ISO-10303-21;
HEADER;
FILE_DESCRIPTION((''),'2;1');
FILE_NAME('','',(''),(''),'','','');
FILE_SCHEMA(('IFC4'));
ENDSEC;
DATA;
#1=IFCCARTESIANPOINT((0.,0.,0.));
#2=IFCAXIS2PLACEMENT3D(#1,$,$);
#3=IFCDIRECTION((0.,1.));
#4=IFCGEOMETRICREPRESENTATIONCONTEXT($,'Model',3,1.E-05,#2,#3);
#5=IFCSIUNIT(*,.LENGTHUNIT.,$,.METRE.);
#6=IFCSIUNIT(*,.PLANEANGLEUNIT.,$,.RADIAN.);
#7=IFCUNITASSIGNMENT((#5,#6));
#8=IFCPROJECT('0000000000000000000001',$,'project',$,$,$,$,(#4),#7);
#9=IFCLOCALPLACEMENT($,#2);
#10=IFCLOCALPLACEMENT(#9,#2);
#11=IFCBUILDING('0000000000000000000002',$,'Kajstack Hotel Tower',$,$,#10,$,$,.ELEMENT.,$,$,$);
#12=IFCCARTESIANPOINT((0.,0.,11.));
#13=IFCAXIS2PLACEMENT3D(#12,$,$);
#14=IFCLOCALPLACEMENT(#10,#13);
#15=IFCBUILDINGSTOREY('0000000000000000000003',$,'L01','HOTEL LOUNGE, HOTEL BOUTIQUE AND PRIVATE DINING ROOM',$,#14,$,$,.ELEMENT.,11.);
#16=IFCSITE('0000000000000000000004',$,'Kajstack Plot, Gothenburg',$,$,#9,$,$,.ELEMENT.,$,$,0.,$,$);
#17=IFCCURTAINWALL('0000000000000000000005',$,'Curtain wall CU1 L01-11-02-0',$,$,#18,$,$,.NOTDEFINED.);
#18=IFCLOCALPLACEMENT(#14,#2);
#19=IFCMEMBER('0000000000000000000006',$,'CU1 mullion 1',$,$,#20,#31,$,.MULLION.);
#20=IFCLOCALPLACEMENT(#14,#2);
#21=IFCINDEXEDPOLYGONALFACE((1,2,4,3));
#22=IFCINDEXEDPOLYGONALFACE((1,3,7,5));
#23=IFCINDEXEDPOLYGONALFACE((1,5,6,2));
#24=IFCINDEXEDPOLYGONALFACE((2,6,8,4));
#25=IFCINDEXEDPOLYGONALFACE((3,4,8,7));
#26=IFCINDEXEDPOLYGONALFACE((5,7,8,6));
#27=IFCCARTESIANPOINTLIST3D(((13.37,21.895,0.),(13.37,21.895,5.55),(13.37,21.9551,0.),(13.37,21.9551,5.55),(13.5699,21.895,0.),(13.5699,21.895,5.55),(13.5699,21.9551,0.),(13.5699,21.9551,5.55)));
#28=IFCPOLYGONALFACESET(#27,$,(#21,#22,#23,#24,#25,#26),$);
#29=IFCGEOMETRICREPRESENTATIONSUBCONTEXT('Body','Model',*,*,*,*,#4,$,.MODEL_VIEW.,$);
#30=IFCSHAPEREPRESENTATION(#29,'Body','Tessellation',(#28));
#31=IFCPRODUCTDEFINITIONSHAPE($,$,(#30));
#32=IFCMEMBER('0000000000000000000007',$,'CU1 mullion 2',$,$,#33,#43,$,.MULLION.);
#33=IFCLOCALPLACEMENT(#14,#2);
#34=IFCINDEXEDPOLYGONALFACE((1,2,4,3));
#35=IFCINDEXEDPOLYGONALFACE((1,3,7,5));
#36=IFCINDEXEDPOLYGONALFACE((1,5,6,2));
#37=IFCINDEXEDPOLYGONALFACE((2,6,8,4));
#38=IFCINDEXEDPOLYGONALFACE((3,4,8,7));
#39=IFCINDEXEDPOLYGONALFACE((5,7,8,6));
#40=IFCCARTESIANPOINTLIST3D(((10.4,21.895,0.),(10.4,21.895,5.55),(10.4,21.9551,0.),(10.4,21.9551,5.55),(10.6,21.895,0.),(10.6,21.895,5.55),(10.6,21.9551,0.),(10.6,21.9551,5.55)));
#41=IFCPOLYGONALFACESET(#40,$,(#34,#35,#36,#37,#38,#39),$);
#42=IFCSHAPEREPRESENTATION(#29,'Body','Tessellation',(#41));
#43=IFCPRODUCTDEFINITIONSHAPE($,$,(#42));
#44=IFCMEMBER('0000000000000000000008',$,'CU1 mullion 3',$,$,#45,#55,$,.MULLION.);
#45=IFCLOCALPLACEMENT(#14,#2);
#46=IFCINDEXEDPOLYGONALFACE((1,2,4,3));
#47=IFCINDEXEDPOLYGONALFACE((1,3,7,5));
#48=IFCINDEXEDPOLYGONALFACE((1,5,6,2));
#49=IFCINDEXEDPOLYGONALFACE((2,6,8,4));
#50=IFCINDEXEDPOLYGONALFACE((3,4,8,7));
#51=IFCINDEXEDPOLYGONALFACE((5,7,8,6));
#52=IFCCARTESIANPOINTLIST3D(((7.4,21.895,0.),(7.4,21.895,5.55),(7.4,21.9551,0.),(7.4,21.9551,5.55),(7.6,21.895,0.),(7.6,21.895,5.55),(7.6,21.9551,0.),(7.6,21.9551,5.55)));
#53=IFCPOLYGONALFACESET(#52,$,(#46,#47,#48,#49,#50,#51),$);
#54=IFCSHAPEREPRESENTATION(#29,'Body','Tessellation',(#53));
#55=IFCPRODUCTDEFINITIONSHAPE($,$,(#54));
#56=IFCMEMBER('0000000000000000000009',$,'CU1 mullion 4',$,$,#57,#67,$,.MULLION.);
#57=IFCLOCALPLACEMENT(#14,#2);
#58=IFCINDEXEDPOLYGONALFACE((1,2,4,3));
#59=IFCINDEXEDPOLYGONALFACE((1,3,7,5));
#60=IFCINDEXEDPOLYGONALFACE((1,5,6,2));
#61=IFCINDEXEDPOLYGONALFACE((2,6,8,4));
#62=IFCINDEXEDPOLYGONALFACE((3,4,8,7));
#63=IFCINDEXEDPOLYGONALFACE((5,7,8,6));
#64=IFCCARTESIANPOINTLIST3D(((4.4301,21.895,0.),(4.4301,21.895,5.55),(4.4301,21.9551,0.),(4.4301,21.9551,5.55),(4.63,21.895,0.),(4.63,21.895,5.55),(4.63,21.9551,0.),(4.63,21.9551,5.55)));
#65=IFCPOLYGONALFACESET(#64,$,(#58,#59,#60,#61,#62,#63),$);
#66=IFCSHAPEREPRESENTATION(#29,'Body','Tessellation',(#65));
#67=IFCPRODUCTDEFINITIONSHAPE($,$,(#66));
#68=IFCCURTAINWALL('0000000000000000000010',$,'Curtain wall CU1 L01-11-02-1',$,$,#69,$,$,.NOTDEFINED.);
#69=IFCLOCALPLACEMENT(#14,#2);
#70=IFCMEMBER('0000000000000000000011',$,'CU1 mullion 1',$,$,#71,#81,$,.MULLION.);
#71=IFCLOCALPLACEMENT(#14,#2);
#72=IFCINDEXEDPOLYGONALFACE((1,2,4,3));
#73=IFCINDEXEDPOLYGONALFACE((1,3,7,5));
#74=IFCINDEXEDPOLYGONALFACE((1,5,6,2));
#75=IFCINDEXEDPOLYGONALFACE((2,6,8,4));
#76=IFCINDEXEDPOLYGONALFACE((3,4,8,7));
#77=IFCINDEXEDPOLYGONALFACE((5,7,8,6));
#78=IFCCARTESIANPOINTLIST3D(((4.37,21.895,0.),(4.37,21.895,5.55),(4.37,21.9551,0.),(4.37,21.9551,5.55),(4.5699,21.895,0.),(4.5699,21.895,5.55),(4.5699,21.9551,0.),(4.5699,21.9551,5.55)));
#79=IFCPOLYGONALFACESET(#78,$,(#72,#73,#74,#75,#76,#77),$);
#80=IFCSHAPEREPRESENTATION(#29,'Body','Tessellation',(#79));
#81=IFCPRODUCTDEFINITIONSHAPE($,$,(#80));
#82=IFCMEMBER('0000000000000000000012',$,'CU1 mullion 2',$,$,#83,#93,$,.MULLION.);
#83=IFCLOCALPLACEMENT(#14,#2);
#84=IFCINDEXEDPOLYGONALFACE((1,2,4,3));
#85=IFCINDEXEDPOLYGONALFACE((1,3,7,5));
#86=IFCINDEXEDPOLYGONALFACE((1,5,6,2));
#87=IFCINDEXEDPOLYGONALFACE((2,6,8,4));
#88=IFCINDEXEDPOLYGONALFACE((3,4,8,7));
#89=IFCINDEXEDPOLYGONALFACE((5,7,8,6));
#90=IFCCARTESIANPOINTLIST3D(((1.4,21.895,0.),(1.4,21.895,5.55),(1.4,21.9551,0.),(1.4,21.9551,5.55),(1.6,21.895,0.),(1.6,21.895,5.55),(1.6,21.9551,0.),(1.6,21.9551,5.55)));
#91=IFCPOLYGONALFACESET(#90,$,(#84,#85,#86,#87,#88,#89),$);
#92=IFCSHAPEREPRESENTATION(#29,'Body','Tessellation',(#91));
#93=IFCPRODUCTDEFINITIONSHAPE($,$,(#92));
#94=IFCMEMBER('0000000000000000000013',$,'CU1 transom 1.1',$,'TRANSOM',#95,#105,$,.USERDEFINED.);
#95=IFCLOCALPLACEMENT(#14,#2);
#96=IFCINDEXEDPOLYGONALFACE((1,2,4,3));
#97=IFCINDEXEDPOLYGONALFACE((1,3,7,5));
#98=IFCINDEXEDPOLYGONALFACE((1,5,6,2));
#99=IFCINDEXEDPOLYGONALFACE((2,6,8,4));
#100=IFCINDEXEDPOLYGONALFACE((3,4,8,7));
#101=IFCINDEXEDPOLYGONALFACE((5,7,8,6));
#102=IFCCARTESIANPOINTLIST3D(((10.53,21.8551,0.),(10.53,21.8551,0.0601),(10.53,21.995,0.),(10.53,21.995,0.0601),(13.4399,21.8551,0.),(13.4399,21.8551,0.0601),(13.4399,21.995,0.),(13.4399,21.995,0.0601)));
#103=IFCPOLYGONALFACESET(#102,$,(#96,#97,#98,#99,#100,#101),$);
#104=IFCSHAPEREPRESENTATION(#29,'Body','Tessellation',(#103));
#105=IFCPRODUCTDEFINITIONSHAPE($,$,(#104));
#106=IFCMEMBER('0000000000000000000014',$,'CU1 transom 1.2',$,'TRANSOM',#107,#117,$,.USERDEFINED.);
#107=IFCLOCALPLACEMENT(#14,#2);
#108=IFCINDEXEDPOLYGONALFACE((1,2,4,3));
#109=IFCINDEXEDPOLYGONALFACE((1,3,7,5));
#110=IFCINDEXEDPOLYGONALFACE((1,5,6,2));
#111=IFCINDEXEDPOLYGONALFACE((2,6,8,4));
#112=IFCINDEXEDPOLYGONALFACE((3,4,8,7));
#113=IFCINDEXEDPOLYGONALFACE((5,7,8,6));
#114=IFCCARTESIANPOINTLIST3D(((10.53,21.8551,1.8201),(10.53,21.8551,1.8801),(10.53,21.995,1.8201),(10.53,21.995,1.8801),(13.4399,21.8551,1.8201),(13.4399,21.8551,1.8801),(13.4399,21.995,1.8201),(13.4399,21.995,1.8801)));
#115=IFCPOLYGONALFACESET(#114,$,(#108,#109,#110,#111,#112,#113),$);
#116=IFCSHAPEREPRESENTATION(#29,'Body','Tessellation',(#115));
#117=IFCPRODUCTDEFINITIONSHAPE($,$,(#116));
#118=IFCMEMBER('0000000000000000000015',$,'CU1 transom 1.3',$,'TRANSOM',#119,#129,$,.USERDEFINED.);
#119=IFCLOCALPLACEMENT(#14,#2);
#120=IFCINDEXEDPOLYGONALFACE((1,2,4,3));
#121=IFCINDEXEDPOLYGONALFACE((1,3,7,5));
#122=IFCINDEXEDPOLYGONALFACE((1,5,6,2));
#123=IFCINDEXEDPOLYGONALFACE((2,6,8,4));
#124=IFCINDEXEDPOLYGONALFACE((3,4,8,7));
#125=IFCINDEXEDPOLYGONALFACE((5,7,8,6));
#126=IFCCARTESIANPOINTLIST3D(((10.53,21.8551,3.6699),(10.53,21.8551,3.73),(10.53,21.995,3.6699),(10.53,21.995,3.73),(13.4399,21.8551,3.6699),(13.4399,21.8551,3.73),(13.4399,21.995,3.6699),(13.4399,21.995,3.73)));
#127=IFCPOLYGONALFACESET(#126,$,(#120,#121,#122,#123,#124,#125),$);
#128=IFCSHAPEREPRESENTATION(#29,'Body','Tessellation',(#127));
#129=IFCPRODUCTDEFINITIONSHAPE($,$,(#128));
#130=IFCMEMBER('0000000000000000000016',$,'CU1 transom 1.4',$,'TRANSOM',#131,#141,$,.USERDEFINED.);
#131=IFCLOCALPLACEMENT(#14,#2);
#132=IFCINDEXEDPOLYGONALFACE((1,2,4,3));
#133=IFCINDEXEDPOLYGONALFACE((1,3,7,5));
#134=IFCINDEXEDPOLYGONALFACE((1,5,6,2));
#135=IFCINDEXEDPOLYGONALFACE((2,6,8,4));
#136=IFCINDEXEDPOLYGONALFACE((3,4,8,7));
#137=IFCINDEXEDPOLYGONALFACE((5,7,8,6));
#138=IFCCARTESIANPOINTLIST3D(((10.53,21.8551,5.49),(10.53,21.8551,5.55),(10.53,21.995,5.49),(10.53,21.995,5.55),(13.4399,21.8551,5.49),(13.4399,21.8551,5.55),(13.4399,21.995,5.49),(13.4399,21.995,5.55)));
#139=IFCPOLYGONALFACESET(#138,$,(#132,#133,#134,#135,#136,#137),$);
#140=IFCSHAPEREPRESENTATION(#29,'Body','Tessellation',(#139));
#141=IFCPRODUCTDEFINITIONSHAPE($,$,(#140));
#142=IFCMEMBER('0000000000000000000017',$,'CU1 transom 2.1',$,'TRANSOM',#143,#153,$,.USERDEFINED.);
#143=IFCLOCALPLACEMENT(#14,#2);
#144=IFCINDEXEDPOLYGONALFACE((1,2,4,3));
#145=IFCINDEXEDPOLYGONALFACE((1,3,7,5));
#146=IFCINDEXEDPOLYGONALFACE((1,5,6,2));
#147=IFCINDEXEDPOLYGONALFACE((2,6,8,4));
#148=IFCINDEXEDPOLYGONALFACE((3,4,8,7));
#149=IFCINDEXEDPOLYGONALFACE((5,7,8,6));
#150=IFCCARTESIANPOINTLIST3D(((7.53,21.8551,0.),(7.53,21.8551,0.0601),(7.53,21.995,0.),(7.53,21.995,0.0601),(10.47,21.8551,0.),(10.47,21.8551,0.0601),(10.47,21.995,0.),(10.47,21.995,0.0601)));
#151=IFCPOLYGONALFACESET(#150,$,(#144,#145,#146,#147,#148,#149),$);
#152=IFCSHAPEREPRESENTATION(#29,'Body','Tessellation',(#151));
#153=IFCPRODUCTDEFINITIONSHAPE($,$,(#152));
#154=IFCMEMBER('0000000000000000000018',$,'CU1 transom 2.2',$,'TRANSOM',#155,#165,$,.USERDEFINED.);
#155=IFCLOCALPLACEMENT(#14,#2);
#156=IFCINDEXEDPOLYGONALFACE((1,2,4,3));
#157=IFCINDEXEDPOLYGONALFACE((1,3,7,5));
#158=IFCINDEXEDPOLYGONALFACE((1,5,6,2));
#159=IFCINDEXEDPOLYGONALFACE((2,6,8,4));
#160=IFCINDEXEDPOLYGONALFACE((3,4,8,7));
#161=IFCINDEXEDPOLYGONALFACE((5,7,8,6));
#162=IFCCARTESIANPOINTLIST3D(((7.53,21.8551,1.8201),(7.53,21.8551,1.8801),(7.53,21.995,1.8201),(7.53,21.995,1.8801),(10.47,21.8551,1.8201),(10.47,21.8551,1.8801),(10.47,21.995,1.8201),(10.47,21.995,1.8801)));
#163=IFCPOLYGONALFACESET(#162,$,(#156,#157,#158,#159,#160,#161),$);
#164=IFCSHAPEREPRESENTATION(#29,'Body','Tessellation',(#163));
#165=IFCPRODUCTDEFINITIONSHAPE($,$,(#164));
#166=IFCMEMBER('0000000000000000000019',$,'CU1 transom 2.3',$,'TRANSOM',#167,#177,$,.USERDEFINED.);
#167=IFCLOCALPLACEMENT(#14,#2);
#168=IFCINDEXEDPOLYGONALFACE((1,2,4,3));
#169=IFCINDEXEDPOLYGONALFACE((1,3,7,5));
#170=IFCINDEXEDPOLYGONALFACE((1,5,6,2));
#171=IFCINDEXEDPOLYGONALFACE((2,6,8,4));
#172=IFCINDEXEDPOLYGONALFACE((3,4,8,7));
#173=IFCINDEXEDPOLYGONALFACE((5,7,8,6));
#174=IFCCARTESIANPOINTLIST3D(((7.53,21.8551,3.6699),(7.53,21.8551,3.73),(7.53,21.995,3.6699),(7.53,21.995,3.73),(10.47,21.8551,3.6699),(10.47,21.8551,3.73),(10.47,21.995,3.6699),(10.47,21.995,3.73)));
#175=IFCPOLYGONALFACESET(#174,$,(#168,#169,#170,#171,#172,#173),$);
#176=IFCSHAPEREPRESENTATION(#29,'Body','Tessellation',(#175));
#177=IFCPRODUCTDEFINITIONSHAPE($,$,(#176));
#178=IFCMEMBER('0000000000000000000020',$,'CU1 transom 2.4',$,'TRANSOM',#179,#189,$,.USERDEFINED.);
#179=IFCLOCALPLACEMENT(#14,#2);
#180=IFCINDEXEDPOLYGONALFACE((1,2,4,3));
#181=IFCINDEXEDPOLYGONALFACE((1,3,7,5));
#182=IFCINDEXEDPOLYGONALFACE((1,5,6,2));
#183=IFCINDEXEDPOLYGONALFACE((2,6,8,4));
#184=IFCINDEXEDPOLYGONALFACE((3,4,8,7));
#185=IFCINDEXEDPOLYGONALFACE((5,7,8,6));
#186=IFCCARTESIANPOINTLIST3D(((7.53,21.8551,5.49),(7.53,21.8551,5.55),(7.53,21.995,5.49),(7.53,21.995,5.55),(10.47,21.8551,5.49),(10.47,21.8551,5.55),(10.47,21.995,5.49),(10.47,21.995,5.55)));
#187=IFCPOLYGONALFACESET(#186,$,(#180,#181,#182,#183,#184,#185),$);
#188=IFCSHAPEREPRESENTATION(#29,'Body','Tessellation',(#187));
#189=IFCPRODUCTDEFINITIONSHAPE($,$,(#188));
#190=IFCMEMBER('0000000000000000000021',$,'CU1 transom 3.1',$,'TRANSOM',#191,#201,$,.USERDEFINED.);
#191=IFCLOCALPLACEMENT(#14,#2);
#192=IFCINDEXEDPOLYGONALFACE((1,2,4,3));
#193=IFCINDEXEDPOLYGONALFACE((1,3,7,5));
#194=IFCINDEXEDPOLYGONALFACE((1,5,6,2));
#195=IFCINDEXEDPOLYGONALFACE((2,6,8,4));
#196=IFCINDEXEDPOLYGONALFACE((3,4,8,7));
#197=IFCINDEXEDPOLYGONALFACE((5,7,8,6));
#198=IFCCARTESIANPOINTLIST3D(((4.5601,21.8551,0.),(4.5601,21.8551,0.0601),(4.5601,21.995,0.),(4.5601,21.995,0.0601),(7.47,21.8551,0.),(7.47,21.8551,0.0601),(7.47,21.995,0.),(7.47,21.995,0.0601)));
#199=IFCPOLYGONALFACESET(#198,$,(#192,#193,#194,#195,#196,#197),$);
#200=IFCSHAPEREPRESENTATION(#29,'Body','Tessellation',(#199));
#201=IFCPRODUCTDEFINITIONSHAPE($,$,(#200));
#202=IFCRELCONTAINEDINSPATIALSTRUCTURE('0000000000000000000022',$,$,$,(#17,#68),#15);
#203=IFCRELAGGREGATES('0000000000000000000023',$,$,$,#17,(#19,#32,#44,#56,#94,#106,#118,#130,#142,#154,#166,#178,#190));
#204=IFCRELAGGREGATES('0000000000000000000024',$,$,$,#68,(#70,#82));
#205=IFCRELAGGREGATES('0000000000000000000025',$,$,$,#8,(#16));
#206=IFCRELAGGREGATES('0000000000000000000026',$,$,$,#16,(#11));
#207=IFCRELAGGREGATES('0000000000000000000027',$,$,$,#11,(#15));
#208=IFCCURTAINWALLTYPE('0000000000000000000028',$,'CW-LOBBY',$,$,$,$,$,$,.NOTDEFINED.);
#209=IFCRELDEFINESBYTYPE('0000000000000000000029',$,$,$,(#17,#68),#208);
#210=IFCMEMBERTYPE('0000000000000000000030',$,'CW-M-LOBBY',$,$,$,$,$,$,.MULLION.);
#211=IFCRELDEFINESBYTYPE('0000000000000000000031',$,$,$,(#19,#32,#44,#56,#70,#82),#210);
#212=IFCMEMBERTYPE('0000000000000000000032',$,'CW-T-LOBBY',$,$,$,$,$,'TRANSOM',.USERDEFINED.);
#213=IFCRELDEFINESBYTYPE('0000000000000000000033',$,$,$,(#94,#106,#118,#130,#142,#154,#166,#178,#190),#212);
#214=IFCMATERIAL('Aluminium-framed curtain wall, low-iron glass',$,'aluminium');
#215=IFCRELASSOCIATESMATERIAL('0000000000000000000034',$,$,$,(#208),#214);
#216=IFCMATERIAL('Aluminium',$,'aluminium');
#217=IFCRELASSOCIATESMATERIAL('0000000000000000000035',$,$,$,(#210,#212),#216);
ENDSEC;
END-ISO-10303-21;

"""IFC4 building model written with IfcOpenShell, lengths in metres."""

from ifc_helpers import new_model, si_unit, direction, frame, origin, origin_2d, place, context, subcontext, project, spatial, rectangle, extrude, material, material_profile, profile_set, type_object, element, aggregate, save


model = new_model("IFC4")

# Units and contexts
model_context = context("Model", 3, precision=1e-05, world=origin(), true_north=direction((0.0, 1.0)))
body_context = subcontext(model_context, "Body", "Model", "MODEL_VIEW")
ifc_project = project(units=[si_unit("LENGTHUNIT", "METRE"), si_unit("PLANEANGLEUNIT", "RADIAN")], contexts=[model_context])

# Site, building, storey
site_placement = place(None, origin())
site = spatial("IfcSite", under=ifc_project, at=site_placement, Name="Kajstack Plot, Gothenburg", CompositionType="ELEMENT", RefElevation=0.0)
building_placement = place(site_placement, origin())
building = spatial("IfcBuilding", under=site, at=building_placement, Name="Kajstack Hotel Tower", CompositionType="ELEMENT")
storey_placement = place(building_placement, frame((0.0, 0.0, 11.0)))
storey = spatial("IfcBuildingStorey", under=building, at=storey_placement, Name="L01", Description="HOTEL LOUNGE, HOTEL BOUTIQUE AND PRIVATE DINING ROOM", CompositionType="ELEMENT", Elevation=11.0)

# Curtain walls, members
ifc_material_1 = material(Name="Aluminium-framed curtain wall, low-iron glass", Category="aluminium")
curtain_wall_type = type_object("IfcCurtainWallType", Name="CW-LOBBY", PredefinedType="NOTDEFINED", material=ifc_material_1)
curtain_wall_1_placement = place(storey_placement, origin())
curtain_wall_1 = element("IfcCurtainWall", 1, at=curtain_wall_1_placement, inside=storey, type_object=curtain_wall_type, Name="Curtain wall CU1 L01-11-02-0", PredefinedType="NOTDEFINED")
ifc_material_2 = material(Name="Aluminium", Category="aluminium")
ifc_material_profile_1 = material_profile(ifc_material_2, rectangle(XDim=0.0601, YDim=0.2, at=origin_2d()), Name="Aluminium mullion 60 x 200")
ifc_profile_set_1 = profile_set([ifc_material_profile_1], Name="Aluminium")
member_type_1 = type_object("IfcMemberType", Name="CW-M-LOBBY", PredefinedType="MULLION", material=ifc_profile_set_1)
member_1_placement = place(storey_placement, frame((13.47, 21.925, 0.0), z_axis=(0.0, 0.0, 1.0), x_axis=(0.0, -1.0, 0.0)))
member_1 = element("IfcMember", 2, at=member_1_placement, type_object=member_type_1, Name="CU1 mullion 1", PredefinedType="MULLION", context=body_context, shape_type="SweptSolid", body=[
    extrude(rectangle(XDim=0.0601, YDim=0.2, at=origin_2d()), origin(), (0.0, 0.0, 1.0), 5.55),
])
member_2_placement = place(storey_placement, frame((10.5, 21.925, 0.0), z_axis=(0.0, 0.0, 1.0), x_axis=(0.0, -1.0, 0.0)))
member_2 = element("IfcMember", 3, at=member_2_placement, type_object=member_type_1, Name="CU1 mullion 2", PredefinedType="MULLION", context=body_context, shape_type="SweptSolid", body=[
    extrude(rectangle(XDim=0.0601, YDim=0.2, at=origin_2d()), origin(), (0.0, 0.0, 1.0), 5.55),
])
member_3_placement = place(storey_placement, frame((7.5, 21.925, 0.0), z_axis=(0.0, 0.0, 1.0), x_axis=(0.0, -1.0, 0.0)))
member_3 = element("IfcMember", 4, at=member_3_placement, type_object=member_type_1, Name="CU1 mullion 3", PredefinedType="MULLION", context=body_context, shape_type="SweptSolid", body=[
    extrude(rectangle(XDim=0.0601, YDim=0.2, at=origin_2d()), origin(), (0.0, 0.0, 1.0), 5.55),
])
member_4_placement = place(storey_placement, frame((4.53, 21.925, 0.0), z_axis=(0.0, 0.0, 1.0), x_axis=(0.0, -1.0, 0.0)))
member_4 = element("IfcMember", 5, at=member_4_placement, type_object=member_type_1, Name="CU1 mullion 4", PredefinedType="MULLION", context=body_context, shape_type="SweptSolid", body=[
    extrude(rectangle(XDim=0.0601, YDim=0.2, at=origin_2d()), origin(), (0.0, 0.0, 1.0), 5.55),
])
curtain_wall_2_placement = place(storey_placement, origin())
curtain_wall_2 = element("IfcCurtainWall", 6, at=curtain_wall_2_placement, inside=storey, type_object=curtain_wall_type, Name="Curtain wall CU1 L01-11-02-1", PredefinedType="NOTDEFINED")
member_5_placement = place(storey_placement, frame((4.47, 21.925, 0.0), z_axis=(0.0, 0.0, 1.0), x_axis=(0.0, -1.0, 0.0)))
member_5 = element("IfcMember", 7, at=member_5_placement, type_object=member_type_1, Name="CU1 mullion 1", PredefinedType="MULLION", context=body_context, shape_type="SweptSolid", body=[
    extrude(rectangle(XDim=0.0601, YDim=0.2, at=origin_2d()), origin(), (0.0, 0.0, 1.0), 5.55),
])
member_6_placement = place(storey_placement, frame((1.5, 21.925, 0.0), z_axis=(0.0, 0.0, 1.0), x_axis=(0.0, -1.0, 0.0)))
member_6 = element("IfcMember", 8, at=member_6_placement, type_object=member_type_1, Name="CU1 mullion 2", PredefinedType="MULLION", context=body_context, shape_type="SweptSolid", body=[
    extrude(rectangle(XDim=0.0601, YDim=0.2, at=origin_2d()), origin(), (0.0, 0.0, 1.0), 5.55),
])

# Members
ifc_material_profile_2 = material_profile(ifc_material_2, rectangle(XDim=0.1399, YDim=0.0601, at=origin_2d()), Name="Aluminium transom 140 x 60")
ifc_profile_set_2 = profile_set([ifc_material_profile_2], Name="Aluminium")
member_type_2 = type_object("IfcMemberType", Name="CW-T-LOBBY", ElementType="TRANSOM", PredefinedType="USERDEFINED", material=ifc_profile_set_2)
member_7_placement = place(storey_placement, frame((13.4399, 21.925, 0.03), z_axis=(-1.0, 0.0, 0.0), x_axis=(0.0, -1.0, 0.0)))
member_7 = element("IfcMember", 9, at=member_7_placement, type_object=member_type_2, Name="CU1 transom 1.1", ObjectType="TRANSOM", PredefinedType="USERDEFINED", context=body_context, shape_type="SweptSolid", body=[
    extrude(rectangle(XDim=0.1399, YDim=0.0601, at=origin_2d()), origin(), (0.0, 0.0, 1.0), 2.9099),
])
member_8_placement = place(storey_placement, frame((13.4399, 21.925, 1.8501), z_axis=(-1.0, 0.0, 0.0), x_axis=(0.0, -1.0, 0.0)))
member_8 = element("IfcMember", 10, at=member_8_placement, type_object=member_type_2, Name="CU1 transom 1.2", ObjectType="TRANSOM", PredefinedType="USERDEFINED", context=body_context, shape_type="SweptSolid", body=[
    extrude(rectangle(XDim=0.1399, YDim=0.0601, at=origin_2d()), origin(), (0.0, 0.0, 1.0), 2.9099),
])
member_9_placement = place(storey_placement, frame((13.4399, 21.925, 3.7), z_axis=(-1.0, 0.0, 0.0), x_axis=(0.0, -1.0, 0.0)))
member_9 = element("IfcMember", 11, at=member_9_placement, type_object=member_type_2, Name="CU1 transom 1.3", ObjectType="TRANSOM", PredefinedType="USERDEFINED", context=body_context, shape_type="SweptSolid", body=[
    extrude(rectangle(XDim=0.1399, YDim=0.0601, at=origin_2d()), origin(), (0.0, 0.0, 1.0), 2.9099),
])
member_10_placement = place(storey_placement, frame((13.4399, 21.925, 5.52), z_axis=(-1.0, 0.0, 0.0), x_axis=(0.0, -1.0, 0.0)))
member_10 = element("IfcMember", 12, at=member_10_placement, type_object=member_type_2, Name="CU1 transom 1.4", ObjectType="TRANSOM", PredefinedType="USERDEFINED", context=body_context, shape_type="SweptSolid", body=[
    extrude(rectangle(XDim=0.1399, YDim=0.0601, at=origin_2d()), origin(), (0.0, 0.0, 1.0), 2.9099),
])
member_11_placement = place(storey_placement, frame((10.47, 21.925, 0.03), z_axis=(-1.0, 0.0, 0.0), x_axis=(0.0, -1.0, 0.0)))
member_11 = element("IfcMember", 13, at=member_11_placement, type_object=member_type_2, Name="CU1 transom 2.1", ObjectType="TRANSOM", PredefinedType="USERDEFINED", context=body_context, shape_type="SweptSolid", body=[
    extrude(rectangle(XDim=0.1399, YDim=0.0601, at=origin_2d()), origin(), (0.0, 0.0, 1.0), 2.9399),
])
member_12_placement = place(storey_placement, frame((10.47, 21.925, 1.8501), z_axis=(-1.0, 0.0, 0.0), x_axis=(0.0, -1.0, 0.0)))
member_12 = element("IfcMember", 14, at=member_12_placement, type_object=member_type_2, Name="CU1 transom 2.2", ObjectType="TRANSOM", PredefinedType="USERDEFINED", context=body_context, shape_type="SweptSolid", body=[
    extrude(rectangle(XDim=0.1399, YDim=0.0601, at=origin_2d()), origin(), (0.0, 0.0, 1.0), 2.9399),
])
member_13_placement = place(storey_placement, frame((10.47, 21.925, 3.7), z_axis=(-1.0, 0.0, 0.0), x_axis=(0.0, -1.0, 0.0)))
member_13 = element("IfcMember", 15, at=member_13_placement, type_object=member_type_2, Name="CU1 transom 2.3", ObjectType="TRANSOM", PredefinedType="USERDEFINED", context=body_context, shape_type="SweptSolid", body=[
    extrude(rectangle(XDim=0.1399, YDim=0.0601, at=origin_2d()), origin(), (0.0, 0.0, 1.0), 2.9399),
])
member_14_placement = place(storey_placement, frame((10.47, 21.925, 5.52), z_axis=(-1.0, 0.0, 0.0), x_axis=(0.0, -1.0, 0.0)))
member_14 = element("IfcMember", 16, at=member_14_placement, type_object=member_type_2, Name="CU1 transom 2.4", ObjectType="TRANSOM", PredefinedType="USERDEFINED", context=body_context, shape_type="SweptSolid", body=[
    extrude(rectangle(XDim=0.1399, YDim=0.0601, at=origin_2d()), origin(), (0.0, 0.0, 1.0), 2.9399),
])
member_15_placement = place(storey_placement, frame((7.47, 21.925, 0.03), z_axis=(-1.0, 0.0, 0.0), x_axis=(0.0, -1.0, 0.0)))
member_15 = element("IfcMember", 17, at=member_15_placement, type_object=member_type_2, Name="CU1 transom 3.1", ObjectType="TRANSOM", PredefinedType="USERDEFINED", context=body_context, shape_type="SweptSolid", body=[
    extrude(rectangle(XDim=0.1399, YDim=0.0601, at=origin_2d()), origin(), (0.0, 0.0, 1.0), 2.9099),
])

aggregate(curtain_wall_1, [member_1, member_2, member_3, member_4, member_7, member_8, member_9, member_10, member_11, member_12, member_13, member_14, member_15])
aggregate(curtain_wall_2, [member_5, member_6])

save(model, "model.ifc")
